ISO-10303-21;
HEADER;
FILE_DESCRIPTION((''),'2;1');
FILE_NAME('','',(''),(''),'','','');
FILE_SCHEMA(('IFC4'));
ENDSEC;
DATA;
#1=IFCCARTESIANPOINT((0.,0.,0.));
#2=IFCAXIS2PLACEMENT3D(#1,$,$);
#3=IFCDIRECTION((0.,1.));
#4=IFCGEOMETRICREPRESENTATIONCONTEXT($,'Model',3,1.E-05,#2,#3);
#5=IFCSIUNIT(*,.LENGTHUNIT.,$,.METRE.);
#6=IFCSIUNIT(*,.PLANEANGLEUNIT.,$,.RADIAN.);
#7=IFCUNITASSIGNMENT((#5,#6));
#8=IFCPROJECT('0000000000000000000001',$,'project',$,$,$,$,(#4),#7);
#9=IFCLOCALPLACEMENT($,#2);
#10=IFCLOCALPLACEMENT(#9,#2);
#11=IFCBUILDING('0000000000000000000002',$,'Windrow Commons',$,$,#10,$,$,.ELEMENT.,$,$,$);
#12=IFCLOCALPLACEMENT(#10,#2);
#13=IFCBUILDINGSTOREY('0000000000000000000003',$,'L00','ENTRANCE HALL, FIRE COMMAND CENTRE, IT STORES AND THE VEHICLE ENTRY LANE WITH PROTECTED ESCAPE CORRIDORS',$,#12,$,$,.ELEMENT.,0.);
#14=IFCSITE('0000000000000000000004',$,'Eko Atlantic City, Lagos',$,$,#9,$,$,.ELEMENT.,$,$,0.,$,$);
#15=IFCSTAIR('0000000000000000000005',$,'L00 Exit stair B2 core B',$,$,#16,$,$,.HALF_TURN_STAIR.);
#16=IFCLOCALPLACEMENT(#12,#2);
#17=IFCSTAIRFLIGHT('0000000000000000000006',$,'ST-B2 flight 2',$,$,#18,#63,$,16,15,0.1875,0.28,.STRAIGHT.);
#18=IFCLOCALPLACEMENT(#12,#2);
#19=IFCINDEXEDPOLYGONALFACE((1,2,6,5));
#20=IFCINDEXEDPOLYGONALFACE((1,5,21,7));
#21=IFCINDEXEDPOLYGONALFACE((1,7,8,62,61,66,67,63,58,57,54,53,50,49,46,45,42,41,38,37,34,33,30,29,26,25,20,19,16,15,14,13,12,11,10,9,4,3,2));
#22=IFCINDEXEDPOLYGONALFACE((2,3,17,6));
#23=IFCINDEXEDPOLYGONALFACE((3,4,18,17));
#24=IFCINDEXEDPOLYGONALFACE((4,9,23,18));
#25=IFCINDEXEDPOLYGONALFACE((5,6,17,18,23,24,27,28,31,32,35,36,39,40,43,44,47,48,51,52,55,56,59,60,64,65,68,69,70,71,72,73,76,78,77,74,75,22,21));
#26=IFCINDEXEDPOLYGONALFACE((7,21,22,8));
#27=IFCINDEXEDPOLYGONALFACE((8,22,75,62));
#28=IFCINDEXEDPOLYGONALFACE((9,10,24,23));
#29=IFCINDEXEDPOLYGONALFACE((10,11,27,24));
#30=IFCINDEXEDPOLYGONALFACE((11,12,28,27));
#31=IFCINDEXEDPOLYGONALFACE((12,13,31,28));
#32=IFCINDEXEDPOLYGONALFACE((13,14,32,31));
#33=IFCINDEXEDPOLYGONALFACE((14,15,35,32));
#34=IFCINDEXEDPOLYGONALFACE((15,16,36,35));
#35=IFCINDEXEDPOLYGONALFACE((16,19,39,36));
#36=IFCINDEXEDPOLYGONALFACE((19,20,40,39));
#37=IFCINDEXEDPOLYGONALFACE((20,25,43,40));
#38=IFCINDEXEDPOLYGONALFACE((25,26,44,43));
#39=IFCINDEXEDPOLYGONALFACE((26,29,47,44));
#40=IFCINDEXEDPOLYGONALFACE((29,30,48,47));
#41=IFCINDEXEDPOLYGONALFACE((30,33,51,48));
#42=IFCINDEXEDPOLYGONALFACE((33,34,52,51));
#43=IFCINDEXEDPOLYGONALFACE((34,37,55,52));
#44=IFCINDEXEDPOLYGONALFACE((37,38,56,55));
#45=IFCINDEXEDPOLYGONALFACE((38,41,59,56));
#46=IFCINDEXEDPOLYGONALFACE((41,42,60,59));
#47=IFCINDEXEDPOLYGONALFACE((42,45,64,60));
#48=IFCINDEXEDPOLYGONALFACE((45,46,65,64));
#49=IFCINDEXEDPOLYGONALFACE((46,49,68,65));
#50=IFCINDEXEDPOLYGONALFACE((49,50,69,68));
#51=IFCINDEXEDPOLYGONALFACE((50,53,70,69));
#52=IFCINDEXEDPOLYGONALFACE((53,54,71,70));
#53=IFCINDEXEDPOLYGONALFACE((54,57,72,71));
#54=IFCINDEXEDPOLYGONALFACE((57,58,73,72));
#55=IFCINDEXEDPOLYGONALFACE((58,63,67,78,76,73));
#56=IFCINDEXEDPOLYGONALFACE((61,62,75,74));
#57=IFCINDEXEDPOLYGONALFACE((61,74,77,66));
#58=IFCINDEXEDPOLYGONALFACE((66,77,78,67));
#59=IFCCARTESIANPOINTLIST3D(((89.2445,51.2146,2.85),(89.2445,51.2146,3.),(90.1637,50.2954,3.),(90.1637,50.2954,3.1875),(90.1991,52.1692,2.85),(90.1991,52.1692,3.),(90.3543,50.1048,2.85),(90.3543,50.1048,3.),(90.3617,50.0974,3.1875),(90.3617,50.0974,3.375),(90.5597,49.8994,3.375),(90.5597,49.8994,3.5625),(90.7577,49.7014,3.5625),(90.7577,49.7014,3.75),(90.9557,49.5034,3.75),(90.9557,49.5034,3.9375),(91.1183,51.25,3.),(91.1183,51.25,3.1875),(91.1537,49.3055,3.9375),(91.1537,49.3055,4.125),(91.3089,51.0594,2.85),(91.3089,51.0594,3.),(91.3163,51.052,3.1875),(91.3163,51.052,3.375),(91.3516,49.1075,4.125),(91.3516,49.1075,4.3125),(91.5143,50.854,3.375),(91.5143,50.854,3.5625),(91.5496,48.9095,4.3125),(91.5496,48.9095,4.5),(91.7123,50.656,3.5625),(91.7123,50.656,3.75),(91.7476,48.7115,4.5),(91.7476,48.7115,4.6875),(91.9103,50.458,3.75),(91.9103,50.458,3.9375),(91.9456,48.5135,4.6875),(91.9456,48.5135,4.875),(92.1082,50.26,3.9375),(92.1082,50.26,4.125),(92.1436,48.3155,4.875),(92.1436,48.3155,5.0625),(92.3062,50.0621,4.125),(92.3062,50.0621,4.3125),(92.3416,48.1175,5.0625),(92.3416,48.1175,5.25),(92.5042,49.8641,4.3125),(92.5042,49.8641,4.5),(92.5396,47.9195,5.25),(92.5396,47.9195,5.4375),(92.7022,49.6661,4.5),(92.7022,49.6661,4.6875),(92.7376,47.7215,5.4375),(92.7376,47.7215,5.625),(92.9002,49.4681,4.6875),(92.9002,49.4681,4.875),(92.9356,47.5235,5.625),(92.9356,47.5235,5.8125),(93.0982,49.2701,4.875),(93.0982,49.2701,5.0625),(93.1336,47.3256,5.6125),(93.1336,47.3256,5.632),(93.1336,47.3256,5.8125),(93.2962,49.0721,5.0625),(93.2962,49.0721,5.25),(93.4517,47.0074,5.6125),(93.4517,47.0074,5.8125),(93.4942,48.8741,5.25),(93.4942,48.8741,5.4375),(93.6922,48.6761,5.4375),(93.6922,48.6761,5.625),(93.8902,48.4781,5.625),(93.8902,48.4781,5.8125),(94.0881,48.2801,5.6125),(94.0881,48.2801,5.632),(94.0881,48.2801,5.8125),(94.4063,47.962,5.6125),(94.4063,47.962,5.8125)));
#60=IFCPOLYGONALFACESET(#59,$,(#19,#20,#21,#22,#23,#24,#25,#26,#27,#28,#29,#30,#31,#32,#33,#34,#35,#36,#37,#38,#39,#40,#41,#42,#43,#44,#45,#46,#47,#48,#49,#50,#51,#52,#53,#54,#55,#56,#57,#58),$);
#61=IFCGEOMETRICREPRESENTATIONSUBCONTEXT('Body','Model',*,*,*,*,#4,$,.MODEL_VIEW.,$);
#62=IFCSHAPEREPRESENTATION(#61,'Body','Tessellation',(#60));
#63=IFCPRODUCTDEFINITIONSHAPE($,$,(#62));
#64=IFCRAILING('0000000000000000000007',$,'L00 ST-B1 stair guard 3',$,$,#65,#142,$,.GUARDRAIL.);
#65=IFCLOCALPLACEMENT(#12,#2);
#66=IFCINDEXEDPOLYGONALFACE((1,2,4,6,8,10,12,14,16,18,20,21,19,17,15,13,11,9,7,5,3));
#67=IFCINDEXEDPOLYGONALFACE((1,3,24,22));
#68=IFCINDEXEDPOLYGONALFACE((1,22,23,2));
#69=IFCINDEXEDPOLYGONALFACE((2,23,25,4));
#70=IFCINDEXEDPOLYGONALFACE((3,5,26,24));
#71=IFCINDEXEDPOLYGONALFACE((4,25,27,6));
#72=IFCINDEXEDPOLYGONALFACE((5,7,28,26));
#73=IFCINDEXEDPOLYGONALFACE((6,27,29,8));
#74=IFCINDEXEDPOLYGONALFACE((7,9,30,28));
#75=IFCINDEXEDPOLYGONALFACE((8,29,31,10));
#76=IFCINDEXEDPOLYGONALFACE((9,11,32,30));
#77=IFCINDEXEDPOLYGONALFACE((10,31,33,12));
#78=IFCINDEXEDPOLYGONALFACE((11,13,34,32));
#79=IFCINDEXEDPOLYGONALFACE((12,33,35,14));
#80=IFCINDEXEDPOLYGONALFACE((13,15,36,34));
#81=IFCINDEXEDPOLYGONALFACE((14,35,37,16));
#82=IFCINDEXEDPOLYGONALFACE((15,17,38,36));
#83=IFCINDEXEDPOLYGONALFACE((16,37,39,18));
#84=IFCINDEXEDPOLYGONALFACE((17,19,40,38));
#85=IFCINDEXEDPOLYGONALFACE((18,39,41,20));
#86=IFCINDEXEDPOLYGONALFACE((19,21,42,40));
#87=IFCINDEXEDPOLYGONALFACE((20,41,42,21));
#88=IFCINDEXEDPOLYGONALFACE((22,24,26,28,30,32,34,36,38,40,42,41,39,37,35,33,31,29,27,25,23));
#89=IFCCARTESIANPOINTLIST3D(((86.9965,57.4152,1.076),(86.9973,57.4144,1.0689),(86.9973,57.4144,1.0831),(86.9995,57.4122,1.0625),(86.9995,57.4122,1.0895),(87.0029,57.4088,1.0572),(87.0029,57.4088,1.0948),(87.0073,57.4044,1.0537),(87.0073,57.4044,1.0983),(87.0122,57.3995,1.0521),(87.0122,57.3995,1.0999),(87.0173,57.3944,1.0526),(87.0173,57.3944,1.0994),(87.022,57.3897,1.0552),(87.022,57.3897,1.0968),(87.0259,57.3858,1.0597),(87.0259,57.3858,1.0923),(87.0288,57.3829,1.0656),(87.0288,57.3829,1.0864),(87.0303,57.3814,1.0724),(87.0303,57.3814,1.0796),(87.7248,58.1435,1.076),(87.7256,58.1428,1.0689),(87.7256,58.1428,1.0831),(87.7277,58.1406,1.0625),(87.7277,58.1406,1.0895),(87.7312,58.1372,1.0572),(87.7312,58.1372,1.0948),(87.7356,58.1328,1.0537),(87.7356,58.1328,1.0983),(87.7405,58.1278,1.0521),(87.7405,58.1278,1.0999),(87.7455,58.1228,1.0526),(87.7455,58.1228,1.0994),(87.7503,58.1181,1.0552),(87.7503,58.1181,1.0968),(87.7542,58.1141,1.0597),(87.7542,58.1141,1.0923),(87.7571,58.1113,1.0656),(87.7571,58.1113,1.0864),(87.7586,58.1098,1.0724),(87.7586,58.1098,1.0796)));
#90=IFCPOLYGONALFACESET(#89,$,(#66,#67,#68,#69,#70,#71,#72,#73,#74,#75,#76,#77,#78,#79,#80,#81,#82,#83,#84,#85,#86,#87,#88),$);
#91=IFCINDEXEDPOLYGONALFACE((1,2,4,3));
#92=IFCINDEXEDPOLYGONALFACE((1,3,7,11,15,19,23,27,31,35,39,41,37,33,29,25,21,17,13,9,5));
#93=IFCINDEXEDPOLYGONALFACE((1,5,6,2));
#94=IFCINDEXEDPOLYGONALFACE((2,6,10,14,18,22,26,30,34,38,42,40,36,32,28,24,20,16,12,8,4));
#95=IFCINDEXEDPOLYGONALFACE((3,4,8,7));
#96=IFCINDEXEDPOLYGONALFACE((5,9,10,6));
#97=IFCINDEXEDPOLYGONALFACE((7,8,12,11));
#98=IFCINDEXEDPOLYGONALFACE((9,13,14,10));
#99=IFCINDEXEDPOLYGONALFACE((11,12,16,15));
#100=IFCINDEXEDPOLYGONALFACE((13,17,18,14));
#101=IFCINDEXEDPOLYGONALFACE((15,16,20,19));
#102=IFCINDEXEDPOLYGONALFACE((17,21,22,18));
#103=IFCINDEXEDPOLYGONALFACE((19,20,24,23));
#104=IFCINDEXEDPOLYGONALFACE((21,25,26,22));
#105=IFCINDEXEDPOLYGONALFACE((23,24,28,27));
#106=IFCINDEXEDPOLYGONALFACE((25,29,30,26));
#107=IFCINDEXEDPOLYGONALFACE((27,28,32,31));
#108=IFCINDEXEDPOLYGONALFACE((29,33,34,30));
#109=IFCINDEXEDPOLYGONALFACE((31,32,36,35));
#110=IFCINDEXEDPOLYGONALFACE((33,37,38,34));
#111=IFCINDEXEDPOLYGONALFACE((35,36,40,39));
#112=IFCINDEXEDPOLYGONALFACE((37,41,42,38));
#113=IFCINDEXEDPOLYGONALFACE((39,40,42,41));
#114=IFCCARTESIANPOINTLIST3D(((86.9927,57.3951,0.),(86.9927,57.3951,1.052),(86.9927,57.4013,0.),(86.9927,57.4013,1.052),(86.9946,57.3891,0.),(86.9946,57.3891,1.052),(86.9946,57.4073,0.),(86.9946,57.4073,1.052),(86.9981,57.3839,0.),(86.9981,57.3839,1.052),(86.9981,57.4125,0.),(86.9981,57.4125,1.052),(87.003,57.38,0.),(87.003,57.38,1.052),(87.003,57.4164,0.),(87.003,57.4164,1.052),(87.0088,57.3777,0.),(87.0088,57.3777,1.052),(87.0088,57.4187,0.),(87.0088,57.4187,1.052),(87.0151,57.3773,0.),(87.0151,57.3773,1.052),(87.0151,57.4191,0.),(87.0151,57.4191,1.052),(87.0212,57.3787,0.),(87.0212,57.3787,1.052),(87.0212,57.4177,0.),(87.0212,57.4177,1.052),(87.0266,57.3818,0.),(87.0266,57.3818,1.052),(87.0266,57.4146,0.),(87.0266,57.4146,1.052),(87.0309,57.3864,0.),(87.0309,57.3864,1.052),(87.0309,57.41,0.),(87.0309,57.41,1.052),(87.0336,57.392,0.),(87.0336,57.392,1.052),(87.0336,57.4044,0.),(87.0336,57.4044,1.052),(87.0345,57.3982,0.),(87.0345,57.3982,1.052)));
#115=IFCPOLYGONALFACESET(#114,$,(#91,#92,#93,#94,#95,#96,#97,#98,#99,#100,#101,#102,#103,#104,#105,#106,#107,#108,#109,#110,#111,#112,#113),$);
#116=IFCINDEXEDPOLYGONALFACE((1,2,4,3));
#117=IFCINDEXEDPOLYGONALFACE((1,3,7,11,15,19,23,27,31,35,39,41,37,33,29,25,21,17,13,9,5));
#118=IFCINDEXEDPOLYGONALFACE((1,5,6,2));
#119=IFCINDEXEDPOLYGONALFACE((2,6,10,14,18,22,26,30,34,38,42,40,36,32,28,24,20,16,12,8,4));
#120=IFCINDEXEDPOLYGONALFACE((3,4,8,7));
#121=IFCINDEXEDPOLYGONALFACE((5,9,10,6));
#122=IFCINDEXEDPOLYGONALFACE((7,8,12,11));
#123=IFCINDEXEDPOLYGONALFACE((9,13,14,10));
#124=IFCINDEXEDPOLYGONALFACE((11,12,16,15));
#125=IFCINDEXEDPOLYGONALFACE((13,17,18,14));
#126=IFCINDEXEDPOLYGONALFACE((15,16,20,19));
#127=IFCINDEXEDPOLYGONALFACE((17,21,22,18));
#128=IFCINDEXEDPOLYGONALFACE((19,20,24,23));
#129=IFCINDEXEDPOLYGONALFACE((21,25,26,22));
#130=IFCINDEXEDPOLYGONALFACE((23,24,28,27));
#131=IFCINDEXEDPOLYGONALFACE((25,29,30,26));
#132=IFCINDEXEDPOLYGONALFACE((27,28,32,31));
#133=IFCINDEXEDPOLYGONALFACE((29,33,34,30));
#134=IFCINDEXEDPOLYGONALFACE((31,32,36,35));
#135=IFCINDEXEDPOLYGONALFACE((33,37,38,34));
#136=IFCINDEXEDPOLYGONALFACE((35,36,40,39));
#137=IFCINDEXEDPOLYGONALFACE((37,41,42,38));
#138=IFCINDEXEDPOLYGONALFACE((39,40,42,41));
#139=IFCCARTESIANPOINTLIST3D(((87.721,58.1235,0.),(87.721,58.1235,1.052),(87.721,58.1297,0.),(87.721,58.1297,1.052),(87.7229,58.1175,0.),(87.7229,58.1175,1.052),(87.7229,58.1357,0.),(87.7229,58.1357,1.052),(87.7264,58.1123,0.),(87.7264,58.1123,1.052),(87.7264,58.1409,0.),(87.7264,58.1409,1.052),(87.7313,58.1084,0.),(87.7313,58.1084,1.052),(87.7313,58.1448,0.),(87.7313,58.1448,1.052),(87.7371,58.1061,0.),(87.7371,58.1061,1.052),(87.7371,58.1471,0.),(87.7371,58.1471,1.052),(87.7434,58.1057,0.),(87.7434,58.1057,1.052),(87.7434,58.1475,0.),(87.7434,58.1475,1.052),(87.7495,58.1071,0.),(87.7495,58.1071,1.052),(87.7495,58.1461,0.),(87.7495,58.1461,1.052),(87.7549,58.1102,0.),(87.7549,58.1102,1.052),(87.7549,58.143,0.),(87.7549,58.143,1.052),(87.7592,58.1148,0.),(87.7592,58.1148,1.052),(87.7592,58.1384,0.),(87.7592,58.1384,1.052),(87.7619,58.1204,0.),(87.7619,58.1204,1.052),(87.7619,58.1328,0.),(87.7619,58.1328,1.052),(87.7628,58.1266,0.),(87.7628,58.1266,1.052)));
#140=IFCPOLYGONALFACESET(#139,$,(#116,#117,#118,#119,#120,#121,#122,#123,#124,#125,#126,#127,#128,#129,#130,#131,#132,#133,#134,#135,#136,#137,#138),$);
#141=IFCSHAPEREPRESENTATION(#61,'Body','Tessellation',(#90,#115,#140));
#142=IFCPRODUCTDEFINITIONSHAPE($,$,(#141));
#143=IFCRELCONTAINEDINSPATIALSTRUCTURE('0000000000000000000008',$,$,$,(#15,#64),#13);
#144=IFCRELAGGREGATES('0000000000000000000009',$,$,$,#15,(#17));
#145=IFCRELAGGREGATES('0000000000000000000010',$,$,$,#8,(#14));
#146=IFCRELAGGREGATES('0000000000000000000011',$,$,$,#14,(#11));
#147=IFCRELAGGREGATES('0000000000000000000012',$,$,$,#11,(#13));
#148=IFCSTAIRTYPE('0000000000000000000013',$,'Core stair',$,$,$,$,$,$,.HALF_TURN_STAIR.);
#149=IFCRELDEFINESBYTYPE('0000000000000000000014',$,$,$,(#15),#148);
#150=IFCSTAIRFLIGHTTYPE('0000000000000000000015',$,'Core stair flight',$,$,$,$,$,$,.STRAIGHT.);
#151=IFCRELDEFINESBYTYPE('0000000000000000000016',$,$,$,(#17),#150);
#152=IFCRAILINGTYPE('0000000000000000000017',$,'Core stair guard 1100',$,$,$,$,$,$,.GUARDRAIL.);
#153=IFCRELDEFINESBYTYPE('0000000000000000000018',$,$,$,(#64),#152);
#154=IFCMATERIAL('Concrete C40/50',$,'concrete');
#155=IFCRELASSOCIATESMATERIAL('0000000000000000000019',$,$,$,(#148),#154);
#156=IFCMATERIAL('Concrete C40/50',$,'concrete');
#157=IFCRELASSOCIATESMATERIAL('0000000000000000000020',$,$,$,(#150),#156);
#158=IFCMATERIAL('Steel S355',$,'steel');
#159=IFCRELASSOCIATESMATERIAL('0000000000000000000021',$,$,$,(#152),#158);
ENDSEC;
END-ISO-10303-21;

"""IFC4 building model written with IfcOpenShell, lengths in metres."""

from ifc_helpers import new_model, si_unit, direction, frame, origin, origin_2d, place, context, subcontext, project, spatial, polyline, circle, outline, extrude, material, type_object, element, aggregate, save


model = new_model("IFC4")

# Units and contexts
model_context = context("Model", 3, precision=1e-05, world=origin(), true_north=direction((0.0, 1.0)))
body_context = subcontext(model_context, "Body", "Model", "MODEL_VIEW")
ifc_project = project(units=[si_unit("LENGTHUNIT", "METRE"), si_unit("PLANEANGLEUNIT", "RADIAN")], contexts=[model_context])

# Site, building, storey
site_placement = place(None, origin())
site = spatial("IfcSite", under=ifc_project, at=site_placement, Name="Eko Atlantic City, Lagos", CompositionType="ELEMENT", RefElevation=0.0)
building_placement = place(site_placement, origin())
building = spatial("IfcBuilding", under=site, at=building_placement, Name="Windrow Commons", CompositionType="ELEMENT")
storey_placement = place(building_placement, origin())
storey = spatial("IfcBuildingStorey", under=building, at=storey_placement, Name="L00", Description="ENTRANCE HALL, FIRE COMMAND CENTRE, IT STORES AND THE VEHICLE ENTRY LANE WITH PROTECTED ESCAPE CORRIDORS", CompositionType="ELEMENT", Elevation=0.0)

# Stair, stair flight
ifc_material_1 = material(Name="Concrete C40/50", Category="concrete")
stair_type = type_object("IfcStairType", Name="Core stair", PredefinedType="HALF_TURN_STAIR", material=ifc_material_1)
placement = place(storey_placement, origin())
ifc_material_2 = material(Name="Concrete C40/50", Category="concrete")
stair_flight_type = type_object("IfcStairFlightType", Name="Core stair flight", PredefinedType="STRAIGHT", material=ifc_material_2)
stair_1 = element("IfcStair", 1, at=placement, inside=storey, type_object=stair_type, Name="L00 Exit stair B2 core B", PredefinedType="HALF_TURN_STAIR")
stair_flight_1_placement = place(storey_placement, frame((90.641, 50.7727, 3.0), z_axis=(0.0, 0.0, 1.0), x_axis=(0.707107, -0.707107, 0.0)))
stair_flight_1 = element("IfcStairFlight", 2, at=stair_flight_1_placement, type_object=stair_flight_type, Name="ST-B2 flight 2", NumberOfRisers=16, NumberOfTreads=15, PredefinedType="STRAIGHT", RiserHeight=0.1875, TreadLength=0.28, context=body_context, shape_type="SweptSolid", body=[
    extrude(outline(polyline([(-1.3, -0.15), (-1.3, 0.0), (0.0, 0.0), (0.0, 0.1875), (0.28, 0.1875), (0.28, 0.375), (0.56, 0.375), (0.56, 0.5625), (0.84, 0.5625), (0.84, 0.75), (1.12, 0.75), (1.12, 0.9375), (1.4, 0.9375), (1.4, 1.125), (1.68, 1.125), (1.68, 1.3125), (1.96, 1.3125), (1.96, 1.5), (2.24, 1.5), (2.24, 1.6875), (2.52, 1.6875), (2.52, 1.875), (2.8, 1.875), (2.8, 2.0625), (3.08, 2.0625), (3.08, 2.25), (3.36, 2.25), (3.36, 2.4375), (3.64, 2.4375), (3.64, 2.625), (3.92, 2.625), (3.92, 2.8125), (4.2, 2.8125), (4.65, 2.8125), (4.65, 2.6125), (4.2, 2.6125), (4.2, 2.632), (0.2696, 0.0), (0.2696, -0.15), (-1.3, -0.15)])), frame((0.0, 0.675, 0.0), z_axis=(0.0, -1.0, 0.0), x_axis=(1.0, 0.0, 0.0)), (0.0, 0.0, 1.0), 1.35),
])
aggregate(stair_1, [stair_flight_1])

# Railing
ifc_material_3 = material(Name="Steel S355", Category="steel")
railing_type_1 = type_object("IfcRailingType", Name="Core stair guard 1100", PredefinedType="GUARDRAIL", material=ifc_material_3)
railing_1_placement = place(storey_placement, frame((87.0135, 57.3982, 0.0)))
element("IfcRailing", 3, at=railing_1_placement, inside=storey, type_object=railing_type_1, Name="L00 ST-B1 stair guard 3", PredefinedType="GUARDRAIL", context=body_context, shape_type="SweptSolid", body=[
    extrude(circle(Radius=0.024, at=origin_2d()), frame((0.0, 0.0, 1.076), z_axis=(0.707058, 0.707155, 0.0), x_axis=(-0.707155, 0.707058, 0.0)), (0.0, 0.0, 1.0), 1.03),
    extrude(circle(Radius=0.021, at=origin_2d()), origin(), (0.0, 0.0, 1.0), 1.052),
    extrude(circle(Radius=0.021, at=origin_2d()), frame((0.7283, 0.7284, 0.0)), (0.0, 0.0, 1.0), 1.052),
])

save(model, "model.ifc")
